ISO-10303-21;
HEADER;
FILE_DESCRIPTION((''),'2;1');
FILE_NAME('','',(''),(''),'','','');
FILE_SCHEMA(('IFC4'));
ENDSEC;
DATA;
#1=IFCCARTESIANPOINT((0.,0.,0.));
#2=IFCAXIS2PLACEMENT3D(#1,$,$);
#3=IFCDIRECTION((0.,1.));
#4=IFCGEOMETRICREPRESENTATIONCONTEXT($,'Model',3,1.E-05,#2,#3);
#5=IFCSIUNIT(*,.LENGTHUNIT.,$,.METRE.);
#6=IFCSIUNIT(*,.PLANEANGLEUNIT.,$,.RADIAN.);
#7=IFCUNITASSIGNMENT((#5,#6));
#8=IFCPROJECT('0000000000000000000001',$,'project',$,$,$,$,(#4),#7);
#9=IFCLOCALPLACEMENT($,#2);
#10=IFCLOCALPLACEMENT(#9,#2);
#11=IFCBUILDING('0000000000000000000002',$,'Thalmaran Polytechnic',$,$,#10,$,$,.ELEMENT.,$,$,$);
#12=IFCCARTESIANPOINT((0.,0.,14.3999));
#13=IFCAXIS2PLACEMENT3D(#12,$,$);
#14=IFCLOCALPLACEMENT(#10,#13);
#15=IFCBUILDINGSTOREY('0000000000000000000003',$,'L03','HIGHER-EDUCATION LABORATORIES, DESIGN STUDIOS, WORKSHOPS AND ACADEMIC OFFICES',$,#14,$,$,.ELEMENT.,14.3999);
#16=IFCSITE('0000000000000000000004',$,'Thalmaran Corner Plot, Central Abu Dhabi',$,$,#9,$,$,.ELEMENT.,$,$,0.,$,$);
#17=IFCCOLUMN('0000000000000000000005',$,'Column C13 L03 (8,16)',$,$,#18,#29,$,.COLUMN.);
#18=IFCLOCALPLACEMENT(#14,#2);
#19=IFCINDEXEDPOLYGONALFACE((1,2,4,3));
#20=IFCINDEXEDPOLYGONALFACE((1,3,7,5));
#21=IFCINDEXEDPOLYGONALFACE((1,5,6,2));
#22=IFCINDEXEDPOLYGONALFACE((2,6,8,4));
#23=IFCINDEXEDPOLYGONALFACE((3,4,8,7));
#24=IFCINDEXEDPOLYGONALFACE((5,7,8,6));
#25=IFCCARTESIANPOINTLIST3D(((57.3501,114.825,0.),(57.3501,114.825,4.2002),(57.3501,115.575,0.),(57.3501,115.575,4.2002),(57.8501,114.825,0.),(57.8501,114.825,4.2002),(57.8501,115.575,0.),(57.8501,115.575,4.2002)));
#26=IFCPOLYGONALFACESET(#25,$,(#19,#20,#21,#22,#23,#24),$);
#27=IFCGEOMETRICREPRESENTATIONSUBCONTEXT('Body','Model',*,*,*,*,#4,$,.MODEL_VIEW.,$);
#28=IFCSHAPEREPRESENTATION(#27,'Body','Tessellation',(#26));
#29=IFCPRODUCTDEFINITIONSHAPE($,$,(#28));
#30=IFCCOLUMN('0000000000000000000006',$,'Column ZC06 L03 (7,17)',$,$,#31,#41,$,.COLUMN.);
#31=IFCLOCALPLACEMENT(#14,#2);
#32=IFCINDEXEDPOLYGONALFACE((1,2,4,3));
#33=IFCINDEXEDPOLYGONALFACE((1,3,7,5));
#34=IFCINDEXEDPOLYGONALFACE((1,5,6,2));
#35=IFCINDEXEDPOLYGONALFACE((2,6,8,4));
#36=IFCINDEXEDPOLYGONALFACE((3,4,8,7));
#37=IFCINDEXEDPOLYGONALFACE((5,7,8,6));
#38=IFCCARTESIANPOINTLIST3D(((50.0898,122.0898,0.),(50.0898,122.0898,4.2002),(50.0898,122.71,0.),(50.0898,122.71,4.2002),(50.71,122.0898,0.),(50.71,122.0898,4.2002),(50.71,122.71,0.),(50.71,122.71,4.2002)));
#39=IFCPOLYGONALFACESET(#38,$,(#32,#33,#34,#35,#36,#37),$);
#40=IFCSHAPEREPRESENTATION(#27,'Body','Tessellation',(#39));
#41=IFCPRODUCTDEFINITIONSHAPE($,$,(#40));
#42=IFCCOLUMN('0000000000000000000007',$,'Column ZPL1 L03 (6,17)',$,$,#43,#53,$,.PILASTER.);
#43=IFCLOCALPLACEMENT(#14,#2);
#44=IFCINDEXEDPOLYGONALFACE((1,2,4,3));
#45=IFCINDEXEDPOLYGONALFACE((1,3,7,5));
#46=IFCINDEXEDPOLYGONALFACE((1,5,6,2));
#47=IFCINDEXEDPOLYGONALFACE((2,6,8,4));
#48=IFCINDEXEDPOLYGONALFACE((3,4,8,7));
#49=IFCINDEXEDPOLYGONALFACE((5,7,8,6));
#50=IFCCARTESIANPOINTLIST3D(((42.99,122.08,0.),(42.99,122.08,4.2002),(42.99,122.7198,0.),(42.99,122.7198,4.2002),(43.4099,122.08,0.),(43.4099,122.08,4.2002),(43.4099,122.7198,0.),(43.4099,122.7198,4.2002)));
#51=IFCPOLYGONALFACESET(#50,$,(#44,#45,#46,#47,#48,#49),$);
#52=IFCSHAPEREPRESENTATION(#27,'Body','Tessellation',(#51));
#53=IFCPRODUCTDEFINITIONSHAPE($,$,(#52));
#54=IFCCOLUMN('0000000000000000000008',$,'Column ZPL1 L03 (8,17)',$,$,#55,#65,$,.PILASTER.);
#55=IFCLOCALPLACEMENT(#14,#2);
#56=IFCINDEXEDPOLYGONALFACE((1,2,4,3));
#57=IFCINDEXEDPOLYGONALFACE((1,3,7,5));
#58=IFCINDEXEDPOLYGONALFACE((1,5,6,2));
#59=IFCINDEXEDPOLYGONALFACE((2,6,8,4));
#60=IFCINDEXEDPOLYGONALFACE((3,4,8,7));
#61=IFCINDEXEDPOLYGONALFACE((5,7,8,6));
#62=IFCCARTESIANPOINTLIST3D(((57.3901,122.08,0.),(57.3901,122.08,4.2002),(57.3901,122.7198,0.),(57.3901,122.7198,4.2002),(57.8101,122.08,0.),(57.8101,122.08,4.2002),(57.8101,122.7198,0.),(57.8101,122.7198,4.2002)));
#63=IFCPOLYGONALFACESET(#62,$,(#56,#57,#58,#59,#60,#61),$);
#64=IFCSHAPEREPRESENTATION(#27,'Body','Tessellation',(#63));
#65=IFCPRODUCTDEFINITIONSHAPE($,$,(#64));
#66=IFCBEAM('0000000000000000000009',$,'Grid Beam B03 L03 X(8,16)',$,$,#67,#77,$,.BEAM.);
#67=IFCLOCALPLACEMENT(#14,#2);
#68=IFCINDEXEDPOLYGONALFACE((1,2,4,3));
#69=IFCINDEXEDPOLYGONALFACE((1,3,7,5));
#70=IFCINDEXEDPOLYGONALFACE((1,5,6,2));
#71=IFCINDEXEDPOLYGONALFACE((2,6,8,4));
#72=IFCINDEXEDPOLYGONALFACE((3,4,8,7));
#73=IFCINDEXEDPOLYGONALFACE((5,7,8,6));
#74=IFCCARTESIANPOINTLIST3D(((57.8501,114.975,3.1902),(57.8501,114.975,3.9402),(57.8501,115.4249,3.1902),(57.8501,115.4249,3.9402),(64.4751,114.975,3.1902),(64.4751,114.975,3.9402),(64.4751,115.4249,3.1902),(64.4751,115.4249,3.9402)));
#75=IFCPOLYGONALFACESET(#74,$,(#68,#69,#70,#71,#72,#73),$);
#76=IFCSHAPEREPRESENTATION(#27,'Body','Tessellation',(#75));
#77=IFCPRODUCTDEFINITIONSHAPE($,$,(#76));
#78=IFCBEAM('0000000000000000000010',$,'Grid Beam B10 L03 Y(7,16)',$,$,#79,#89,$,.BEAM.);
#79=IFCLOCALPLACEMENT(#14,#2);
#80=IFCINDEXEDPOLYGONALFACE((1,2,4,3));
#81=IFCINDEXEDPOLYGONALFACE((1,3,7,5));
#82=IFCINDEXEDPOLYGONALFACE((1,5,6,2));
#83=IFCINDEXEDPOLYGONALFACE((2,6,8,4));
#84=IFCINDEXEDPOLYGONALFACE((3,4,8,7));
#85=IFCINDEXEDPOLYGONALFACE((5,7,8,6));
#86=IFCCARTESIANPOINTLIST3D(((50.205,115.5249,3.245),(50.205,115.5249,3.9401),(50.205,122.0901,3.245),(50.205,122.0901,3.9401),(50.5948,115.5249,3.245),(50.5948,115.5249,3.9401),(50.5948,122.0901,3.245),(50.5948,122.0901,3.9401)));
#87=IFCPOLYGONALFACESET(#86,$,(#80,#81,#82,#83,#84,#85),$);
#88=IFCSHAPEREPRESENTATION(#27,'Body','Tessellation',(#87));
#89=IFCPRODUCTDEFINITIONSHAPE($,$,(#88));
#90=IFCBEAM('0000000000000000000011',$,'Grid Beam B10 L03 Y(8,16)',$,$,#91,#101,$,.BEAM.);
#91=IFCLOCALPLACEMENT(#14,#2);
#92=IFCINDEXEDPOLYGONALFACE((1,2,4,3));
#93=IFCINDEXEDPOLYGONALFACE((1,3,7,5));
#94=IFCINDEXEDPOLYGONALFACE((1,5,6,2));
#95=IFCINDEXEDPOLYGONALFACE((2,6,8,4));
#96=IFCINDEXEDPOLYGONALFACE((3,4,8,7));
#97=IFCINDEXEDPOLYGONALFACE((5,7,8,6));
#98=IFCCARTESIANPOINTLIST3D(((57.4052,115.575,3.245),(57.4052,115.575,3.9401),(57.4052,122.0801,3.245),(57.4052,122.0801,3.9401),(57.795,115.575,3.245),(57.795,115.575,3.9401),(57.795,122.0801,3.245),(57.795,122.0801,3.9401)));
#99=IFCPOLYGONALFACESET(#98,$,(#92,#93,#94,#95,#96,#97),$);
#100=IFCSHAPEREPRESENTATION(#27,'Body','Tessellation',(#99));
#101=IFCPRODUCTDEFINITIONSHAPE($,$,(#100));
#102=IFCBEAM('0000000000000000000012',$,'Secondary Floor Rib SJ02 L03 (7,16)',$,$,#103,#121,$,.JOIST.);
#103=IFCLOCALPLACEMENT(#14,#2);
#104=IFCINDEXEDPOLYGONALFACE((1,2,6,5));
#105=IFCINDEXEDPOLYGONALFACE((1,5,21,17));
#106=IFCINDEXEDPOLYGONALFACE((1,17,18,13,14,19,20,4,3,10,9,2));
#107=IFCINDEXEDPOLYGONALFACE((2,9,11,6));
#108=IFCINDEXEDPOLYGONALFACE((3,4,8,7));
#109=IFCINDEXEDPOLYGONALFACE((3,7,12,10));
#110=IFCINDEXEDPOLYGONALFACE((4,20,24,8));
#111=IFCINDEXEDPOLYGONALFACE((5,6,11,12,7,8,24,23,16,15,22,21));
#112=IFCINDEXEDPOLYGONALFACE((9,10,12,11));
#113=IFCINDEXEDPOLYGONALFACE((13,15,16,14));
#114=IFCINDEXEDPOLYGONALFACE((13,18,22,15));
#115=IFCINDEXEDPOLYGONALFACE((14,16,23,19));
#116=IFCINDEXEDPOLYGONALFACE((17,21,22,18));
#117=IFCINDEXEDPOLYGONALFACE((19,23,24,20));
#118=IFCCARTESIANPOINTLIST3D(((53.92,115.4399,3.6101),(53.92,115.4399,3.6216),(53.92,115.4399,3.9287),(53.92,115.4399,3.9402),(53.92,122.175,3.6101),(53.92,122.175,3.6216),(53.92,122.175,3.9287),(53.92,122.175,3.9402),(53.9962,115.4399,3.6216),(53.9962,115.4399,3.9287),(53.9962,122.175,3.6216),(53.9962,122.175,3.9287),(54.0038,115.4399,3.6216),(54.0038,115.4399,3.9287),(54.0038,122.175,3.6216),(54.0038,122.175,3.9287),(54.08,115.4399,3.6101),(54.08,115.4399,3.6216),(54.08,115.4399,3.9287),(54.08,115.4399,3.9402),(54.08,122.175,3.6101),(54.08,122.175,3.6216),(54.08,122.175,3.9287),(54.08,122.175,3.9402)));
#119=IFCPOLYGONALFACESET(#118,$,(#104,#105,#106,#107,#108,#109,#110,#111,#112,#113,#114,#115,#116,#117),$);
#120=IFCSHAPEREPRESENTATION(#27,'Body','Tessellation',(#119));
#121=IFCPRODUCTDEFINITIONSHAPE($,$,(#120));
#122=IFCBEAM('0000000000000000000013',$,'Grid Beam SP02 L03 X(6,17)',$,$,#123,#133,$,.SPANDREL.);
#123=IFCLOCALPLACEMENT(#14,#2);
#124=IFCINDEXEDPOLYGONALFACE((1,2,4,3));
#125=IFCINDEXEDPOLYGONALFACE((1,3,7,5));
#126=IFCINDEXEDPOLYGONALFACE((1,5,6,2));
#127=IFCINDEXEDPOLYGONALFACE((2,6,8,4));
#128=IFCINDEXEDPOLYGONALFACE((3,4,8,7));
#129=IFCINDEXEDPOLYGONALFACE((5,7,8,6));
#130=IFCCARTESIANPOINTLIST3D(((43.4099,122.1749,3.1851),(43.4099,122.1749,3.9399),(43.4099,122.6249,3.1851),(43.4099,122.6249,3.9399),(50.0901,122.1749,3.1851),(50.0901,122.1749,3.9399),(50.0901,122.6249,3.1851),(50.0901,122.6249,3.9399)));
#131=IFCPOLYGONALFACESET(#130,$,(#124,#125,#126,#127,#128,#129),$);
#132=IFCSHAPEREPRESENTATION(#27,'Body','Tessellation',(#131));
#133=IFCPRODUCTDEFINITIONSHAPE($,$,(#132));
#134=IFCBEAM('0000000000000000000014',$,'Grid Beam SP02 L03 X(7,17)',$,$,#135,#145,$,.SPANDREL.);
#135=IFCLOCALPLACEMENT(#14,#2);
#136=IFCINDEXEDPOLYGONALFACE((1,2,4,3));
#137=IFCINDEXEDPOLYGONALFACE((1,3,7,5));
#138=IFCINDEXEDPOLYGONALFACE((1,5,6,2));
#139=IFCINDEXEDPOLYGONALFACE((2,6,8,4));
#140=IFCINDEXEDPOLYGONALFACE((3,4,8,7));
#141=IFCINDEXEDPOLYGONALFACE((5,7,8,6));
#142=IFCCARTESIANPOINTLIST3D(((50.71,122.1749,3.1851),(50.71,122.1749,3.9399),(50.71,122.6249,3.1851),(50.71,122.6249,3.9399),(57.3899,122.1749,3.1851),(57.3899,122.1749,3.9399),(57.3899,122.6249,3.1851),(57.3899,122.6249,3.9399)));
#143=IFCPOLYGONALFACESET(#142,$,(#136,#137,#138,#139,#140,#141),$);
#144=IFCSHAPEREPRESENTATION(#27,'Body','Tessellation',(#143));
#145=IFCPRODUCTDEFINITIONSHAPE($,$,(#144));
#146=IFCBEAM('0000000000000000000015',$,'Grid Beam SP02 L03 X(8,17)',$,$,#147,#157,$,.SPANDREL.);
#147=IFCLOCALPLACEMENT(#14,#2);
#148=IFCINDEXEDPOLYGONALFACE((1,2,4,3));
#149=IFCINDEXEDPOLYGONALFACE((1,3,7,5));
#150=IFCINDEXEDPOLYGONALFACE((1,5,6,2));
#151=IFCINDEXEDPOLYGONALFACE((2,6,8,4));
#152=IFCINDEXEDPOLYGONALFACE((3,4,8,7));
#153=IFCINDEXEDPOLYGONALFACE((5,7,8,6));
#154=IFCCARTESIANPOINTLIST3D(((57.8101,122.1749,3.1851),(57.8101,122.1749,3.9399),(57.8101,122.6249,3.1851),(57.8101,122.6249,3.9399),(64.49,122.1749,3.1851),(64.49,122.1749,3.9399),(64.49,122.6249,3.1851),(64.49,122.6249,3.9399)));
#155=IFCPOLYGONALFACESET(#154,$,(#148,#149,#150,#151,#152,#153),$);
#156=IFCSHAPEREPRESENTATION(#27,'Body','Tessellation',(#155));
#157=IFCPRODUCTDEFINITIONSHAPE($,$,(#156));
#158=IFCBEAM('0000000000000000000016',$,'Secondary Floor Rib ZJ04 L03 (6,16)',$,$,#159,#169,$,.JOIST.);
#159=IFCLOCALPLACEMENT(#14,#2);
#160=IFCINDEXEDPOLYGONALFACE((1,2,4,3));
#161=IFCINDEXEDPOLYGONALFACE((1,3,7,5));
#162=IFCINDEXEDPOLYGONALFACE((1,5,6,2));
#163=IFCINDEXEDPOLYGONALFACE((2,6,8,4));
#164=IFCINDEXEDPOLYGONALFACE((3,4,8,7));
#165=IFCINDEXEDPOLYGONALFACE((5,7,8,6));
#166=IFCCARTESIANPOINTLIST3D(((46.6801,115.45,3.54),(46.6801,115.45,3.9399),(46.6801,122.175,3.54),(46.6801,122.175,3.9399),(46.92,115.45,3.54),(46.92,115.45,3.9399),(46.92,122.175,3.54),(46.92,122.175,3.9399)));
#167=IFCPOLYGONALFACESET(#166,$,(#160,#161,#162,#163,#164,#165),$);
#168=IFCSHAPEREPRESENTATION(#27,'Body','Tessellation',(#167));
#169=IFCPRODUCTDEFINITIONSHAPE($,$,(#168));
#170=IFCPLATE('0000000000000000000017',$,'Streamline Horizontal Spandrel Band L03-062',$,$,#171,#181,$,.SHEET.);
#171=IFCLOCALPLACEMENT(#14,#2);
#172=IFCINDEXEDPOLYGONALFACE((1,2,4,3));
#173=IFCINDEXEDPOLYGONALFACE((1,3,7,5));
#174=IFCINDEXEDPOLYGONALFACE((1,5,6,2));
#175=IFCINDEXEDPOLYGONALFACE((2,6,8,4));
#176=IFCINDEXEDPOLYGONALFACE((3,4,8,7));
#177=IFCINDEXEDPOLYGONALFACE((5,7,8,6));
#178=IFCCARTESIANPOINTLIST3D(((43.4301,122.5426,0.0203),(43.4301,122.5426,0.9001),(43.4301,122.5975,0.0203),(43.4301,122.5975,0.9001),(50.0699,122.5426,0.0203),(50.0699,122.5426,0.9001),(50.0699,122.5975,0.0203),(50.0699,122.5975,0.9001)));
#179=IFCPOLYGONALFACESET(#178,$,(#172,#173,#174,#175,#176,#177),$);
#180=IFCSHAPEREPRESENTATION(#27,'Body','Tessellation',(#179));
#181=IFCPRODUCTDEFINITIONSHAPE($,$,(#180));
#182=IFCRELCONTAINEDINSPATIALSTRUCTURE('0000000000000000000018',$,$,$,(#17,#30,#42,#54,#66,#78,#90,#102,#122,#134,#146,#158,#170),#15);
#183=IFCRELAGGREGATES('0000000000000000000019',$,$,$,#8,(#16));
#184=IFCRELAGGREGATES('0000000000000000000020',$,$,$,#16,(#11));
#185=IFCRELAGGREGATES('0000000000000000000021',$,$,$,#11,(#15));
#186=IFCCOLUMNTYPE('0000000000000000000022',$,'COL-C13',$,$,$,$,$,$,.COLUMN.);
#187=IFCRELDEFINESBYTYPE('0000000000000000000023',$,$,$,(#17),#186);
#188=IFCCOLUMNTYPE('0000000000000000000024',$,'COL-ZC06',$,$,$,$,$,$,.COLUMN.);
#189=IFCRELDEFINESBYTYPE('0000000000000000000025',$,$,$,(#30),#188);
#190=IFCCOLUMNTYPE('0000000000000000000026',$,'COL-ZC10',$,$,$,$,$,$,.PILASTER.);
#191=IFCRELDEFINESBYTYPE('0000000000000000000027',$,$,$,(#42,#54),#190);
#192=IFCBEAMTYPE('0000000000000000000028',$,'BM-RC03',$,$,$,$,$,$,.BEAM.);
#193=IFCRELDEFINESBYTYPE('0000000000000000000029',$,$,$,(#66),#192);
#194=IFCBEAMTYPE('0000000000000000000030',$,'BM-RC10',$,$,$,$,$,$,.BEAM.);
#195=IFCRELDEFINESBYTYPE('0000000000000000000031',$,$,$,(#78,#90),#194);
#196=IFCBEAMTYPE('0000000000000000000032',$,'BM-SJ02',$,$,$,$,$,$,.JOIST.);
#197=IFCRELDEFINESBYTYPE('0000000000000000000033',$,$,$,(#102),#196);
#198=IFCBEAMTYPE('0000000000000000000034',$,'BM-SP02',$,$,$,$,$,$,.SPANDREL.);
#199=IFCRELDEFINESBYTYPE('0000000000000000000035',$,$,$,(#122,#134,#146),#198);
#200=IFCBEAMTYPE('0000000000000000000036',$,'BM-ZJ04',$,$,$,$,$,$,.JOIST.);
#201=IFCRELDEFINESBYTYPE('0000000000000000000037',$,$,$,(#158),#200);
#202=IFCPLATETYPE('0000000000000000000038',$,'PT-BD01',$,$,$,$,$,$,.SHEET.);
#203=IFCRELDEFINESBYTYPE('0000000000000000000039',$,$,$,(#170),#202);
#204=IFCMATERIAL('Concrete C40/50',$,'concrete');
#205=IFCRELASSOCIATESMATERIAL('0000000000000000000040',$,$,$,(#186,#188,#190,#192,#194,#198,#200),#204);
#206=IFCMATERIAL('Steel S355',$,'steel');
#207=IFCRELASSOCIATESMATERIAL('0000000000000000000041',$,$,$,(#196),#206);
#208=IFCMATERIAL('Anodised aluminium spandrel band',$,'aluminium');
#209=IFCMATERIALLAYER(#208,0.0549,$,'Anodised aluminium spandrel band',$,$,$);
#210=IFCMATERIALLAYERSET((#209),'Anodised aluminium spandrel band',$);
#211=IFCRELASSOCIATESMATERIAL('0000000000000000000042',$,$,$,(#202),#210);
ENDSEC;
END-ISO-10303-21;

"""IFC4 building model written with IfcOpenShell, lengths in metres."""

from ifc_helpers import new_model, si_unit, direction, frame, origin, origin_2d, place, context, subcontext, project, spatial, rectangle, i_section, extrude, material, layer, layer_set, material_profile, profile_set, type_object, element, save


model = new_model("IFC4")

# Units and contexts
model_context = context("Model", 3, precision=1e-05, world=origin(), true_north=direction((0.0, 1.0)))
body_context = subcontext(model_context, "Body", "Model", "MODEL_VIEW")
ifc_project = project(units=[si_unit("LENGTHUNIT", "METRE"), si_unit("PLANEANGLEUNIT", "RADIAN")], contexts=[model_context])

# Site, building, storey
site_placement = place(None, origin())
site = spatial("IfcSite", under=ifc_project, at=site_placement, Name="Thalmaran Corner Plot, Central Abu Dhabi", CompositionType="ELEMENT", RefElevation=0.0)
building_placement = place(site_placement, origin())
building = spatial("IfcBuilding", under=site, at=building_placement, Name="Thalmaran Polytechnic", CompositionType="ELEMENT")
storey_placement = place(building_placement, frame((0.0, 0.0, 14.3999)))
storey = spatial("IfcBuildingStorey", under=building, at=storey_placement, Name="L03", Description="HIGHER-EDUCATION LABORATORIES, DESIGN STUDIOS, WORKSHOPS AND ACADEMIC OFFICES", CompositionType="ELEMENT", Elevation=14.3999)

# Columns
ifc_material_1 = material(Name="Concrete C40/50", Category="concrete")
ifc_material_profile_1 = material_profile(ifc_material_1, rectangle(XDim=0.5, YDim=0.75, at=origin_2d()), Name="RC 500x750")
ifc_profile_set_1 = profile_set([ifc_material_profile_1], Name="Concrete C40/50")
column_type_1 = type_object("IfcColumnType", Name="COL-C13", PredefinedType="COLUMN", material=ifc_profile_set_1)
column_1_placement = place(storey_placement, frame((57.6001, 115.2, 0.0), z_axis=(0.0, 0.0, 1.0), x_axis=(1.0, 0.0, 0.0)))
element("IfcColumn", 1, at=column_1_placement, inside=storey, type_object=column_type_1, Name="Column C13 L03 (8,16)", PredefinedType="COLUMN", context=body_context, shape_type="SweptSolid", body=[
    extrude(rectangle(XDim=0.5, YDim=0.75, at=origin_2d()), origin(), (0.0, 0.0, 1.0), 4.2002),
])
ifc_material_profile_2 = material_profile(ifc_material_1, rectangle(XDim=0.6201, YDim=0.6201, at=origin_2d()), Name="RC 620x620")
ifc_profile_set_2 = profile_set([ifc_material_profile_2], Name="Concrete C40/50")
column_type_2 = type_object("IfcColumnType", Name="COL-ZC06", PredefinedType="COLUMN", material=ifc_profile_set_2)
column_2_placement = place(storey_placement, frame((50.3999, 122.3999, 0.0), z_axis=(0.0, 0.0, 1.0), x_axis=(1.0, 0.0, 0.0)))
element("IfcColumn", 2, at=column_2_placement, inside=storey, type_object=column_type_2, Name="Column ZC06 L03 (7,17)", PredefinedType="COLUMN", context=body_context, shape_type="SweptSolid", body=[
    extrude(rectangle(XDim=0.6201, YDim=0.6201, at=origin_2d()), origin(), (0.0, 0.0, 1.0), 4.2002),
])
ifc_material_profile_3 = material_profile(ifc_material_1, rectangle(XDim=0.4199, YDim=0.6399, at=origin_2d()), Name="RC 420x640")
ifc_profile_set_3 = profile_set([ifc_material_profile_3], Name="Concrete C40/50")
column_type_3 = type_object("IfcColumnType", Name="COL-ZC10", PredefinedType="PILASTER", material=ifc_profile_set_3)
for number, where, z_axis, x_axis, name in (
    (3, (43.2, 122.3999, 0.0), (0.0, 0.0, 1.0), (1.0, 0.0, 0.0), "Column ZPL1 L03 (6,17)"),
    (4, (57.6001, 122.3999, 0.0), (0.0, 0.0, 1.0), (1.0, 0.0, 0.0), "Column ZPL1 L03 (8,17)"),
):
    element("IfcColumn", number, at=place(storey_placement, frame(where, z_axis=z_axis, x_axis=x_axis)), inside=storey, type_object=column_type_3, Name=name, PredefinedType="PILASTER", context=body_context, shape_type="SweptSolid", body=[
        extrude(rectangle(XDim=0.4199, YDim=0.6399, at=origin_2d()), origin(), (0.0, 0.0, 1.0), 4.2002),
    ])

# Beams
ifc_material_profile_4 = material_profile(ifc_material_1, rectangle(XDim=0.45, YDim=0.75, at=origin_2d()), Name="RC 450x750")
ifc_profile_set_4 = profile_set([ifc_material_profile_4], Name="Concrete C40/50")
beam_type_1 = type_object("IfcBeamType", Name="BM-RC03", PredefinedType="BEAM", material=ifc_profile_set_4)
beam_1_placement = place(storey_placement, frame((57.8501, 115.2, 3.5652), z_axis=(1.0, 0.0, 0.0), x_axis=(0.0, 1.0, 0.0)))
element("IfcBeam", 5, at=beam_1_placement, inside=storey, type_object=beam_type_1, Name="Grid Beam B03 L03 X(8,16)", PredefinedType="BEAM", context=body_context, shape_type="SweptSolid", body=[
    extrude(rectangle(XDim=0.45, YDim=0.75, at=origin_2d()), origin(), (0.0, 0.0, 1.0), 6.625),
])
ifc_material_profile_5 = material_profile(ifc_material_1, rectangle(XDim=0.3899, YDim=0.6951, at=origin_2d()), Name="RC 390x695")
ifc_profile_set_5 = profile_set([ifc_material_profile_5], Name="Concrete C40/50")
beam_type_2 = type_object("IfcBeamType", Name="BM-RC10", PredefinedType="BEAM", material=ifc_profile_set_5)
beam_2_placement = place(storey_placement, frame((50.3999, 115.5249, 3.5925), z_axis=(0.0, 1.0, 0.0), x_axis=(-1.0, 0.0, 0.0)))
element("IfcBeam", 6, at=beam_2_placement, inside=storey, type_object=beam_type_2, Name="Grid Beam B10 L03 Y(7,16)", PredefinedType="BEAM", context=body_context, shape_type="SweptSolid", body=[
    extrude(rectangle(XDim=0.3899, YDim=0.6951, at=origin_2d()), origin(), (0.0, 0.0, 1.0), 6.5652),
])
beam_3_placement = place(storey_placement, frame((57.6001, 115.575, 3.5925), z_axis=(0.0, 1.0, 0.0), x_axis=(-1.0, 0.0, 0.0)))
element("IfcBeam", 7, at=beam_3_placement, inside=storey, type_object=beam_type_2, Name="Grid Beam B10 L03 Y(8,16)", PredefinedType="BEAM", context=body_context, shape_type="SweptSolid", body=[
    extrude(rectangle(XDim=0.3899, YDim=0.6951, at=origin_2d()), origin(), (0.0, 0.0, 1.0), 6.5051),
])
ifc_material_2 = material(Name="Steel S355", Category="steel")
ifc_material_profile_6 = material_profile(ifc_material_2, i_section(OverallWidth=0.1599, OverallDepth=0.3301, WebThickness=0.0076, FlangeThickness=0.0115, at=origin_2d()), Name="IPE 330")
ifc_profile_set_6 = profile_set([ifc_material_profile_6], Name="Steel S355")
beam_type_3 = type_object("IfcBeamType", Name="BM-SJ02", PredefinedType="JOIST", material=ifc_profile_set_6)
beam_4_placement = place(storey_placement, frame((54.0, 115.4399, 3.7751), z_axis=(0.0, 1.0, 0.0), x_axis=(-1.0, 0.0, 0.0)))
element("IfcBeam", 8, at=beam_4_placement, inside=storey, type_object=beam_type_3, Name="Secondary Floor Rib SJ02 L03 (7,16)", PredefinedType="JOIST", context=body_context, shape_type="SweptSolid", body=[
    extrude(i_section(OverallWidth=0.1599, OverallDepth=0.3301, WebThickness=0.0076, FlangeThickness=0.0115, at=origin_2d()), origin(), (0.0, 0.0, 1.0), 6.7351),
])
ifc_material_profile_7 = material_profile(ifc_material_1, rectangle(XDim=0.45, YDim=0.7549, at=origin_2d()), Name="RC 450x755")
ifc_profile_set_7 = profile_set([ifc_material_profile_7], Name="Concrete C40/50")
beam_type_4 = type_object("IfcBeamType", Name="BM-SP02", PredefinedType="SPANDREL", material=ifc_profile_set_7)
beam_5_placement = place(storey_placement, frame((43.4099, 122.3999, 3.5625), z_axis=(1.0, 0.0, 0.0), x_axis=(0.0, 1.0, 0.0)))
element("IfcBeam", 9, at=beam_5_placement, inside=storey, type_object=beam_type_4, Name="Grid Beam SP02 L03 X(6,17)", PredefinedType="SPANDREL", context=body_context, shape_type="SweptSolid", body=[
    extrude(rectangle(XDim=0.45, YDim=0.7549, at=origin_2d()), origin(), (0.0, 0.0, 1.0), 6.6802),
])
for number, where, z_axis, x_axis, name in (
    (10, (50.71, 122.3999, 3.5625), (1.0, 0.0, 0.0), (0.0, 1.0, 0.0), "Grid Beam SP02 L03 X(7,17)"),
    (11, (57.8101, 122.3999, 3.5625), (1.0, 0.0, 0.0), (0.0, 1.0, 0.0), "Grid Beam SP02 L03 X(8,17)"),
):
    element("IfcBeam", number, at=place(storey_placement, frame(where, z_axis=z_axis, x_axis=x_axis)), inside=storey, type_object=beam_type_4, Name=name, PredefinedType="SPANDREL", context=body_context, shape_type="SweptSolid", body=[
        extrude(rectangle(XDim=0.45, YDim=0.7549, at=origin_2d()), origin(), (0.0, 0.0, 1.0), 6.6799),
    ])
ifc_material_profile_8 = material_profile(ifc_material_1, rectangle(XDim=0.24, YDim=0.3999, at=origin_2d()), Name="RC 240x400")
ifc_profile_set_8 = profile_set([ifc_material_profile_8], Name="Concrete C40/50")
beam_type_5 = type_object("IfcBeamType", Name="BM-ZJ04", PredefinedType="JOIST", material=ifc_profile_set_8)
beam_6_placement = place(storey_placement, frame((46.8, 115.45, 3.74), z_axis=(0.0, 1.0, 0.0), x_axis=(-1.0, 0.0, 0.0)))
element("IfcBeam", 12, at=beam_6_placement, inside=storey, type_object=beam_type_5, Name="Secondary Floor Rib ZJ04 L03 (6,16)", PredefinedType="JOIST", context=body_context, shape_type="SweptSolid", body=[
    extrude(rectangle(XDim=0.24, YDim=0.3999, at=origin_2d()), origin(), (0.0, 0.0, 1.0), 6.7251),
])

# Plate
ifc_material_3 = material(Name="Anodised aluminium spandrel band", Category="aluminium")
ifc_layer_1 = layer(ifc_material_3, 0.0549, Name="Anodised aluminium spandrel band")
ifc_layer_set_1 = layer_set([ifc_layer_1], Name="Anodised aluminium spandrel band")
plate_type_1 = type_object("IfcPlateType", Name="PT-BD01", PredefinedType="SHEET", material=ifc_layer_set_1)
for number, where, z_axis, x_axis, name in (
    (13, (46.75, 122.5701, 0.0203), (0.0, 0.0, 1.0), (1.0, 0.0, 0.0), "Streamline Horizontal Spandrel Band L03-062"),
):
    element("IfcPlate", number, at=place(storey_placement, frame(where, z_axis=z_axis, x_axis=x_axis)), inside=storey, type_object=plate_type_1, Name=name, PredefinedType="SHEET", context=body_context, shape_type="SweptSolid", body=[
        extrude(rectangle(XDim=6.6399, YDim=0.0549, at=origin_2d()), origin(), (0.0, 0.0, 1.0), 0.8799),
    ])

save(model, "model.ifc")
